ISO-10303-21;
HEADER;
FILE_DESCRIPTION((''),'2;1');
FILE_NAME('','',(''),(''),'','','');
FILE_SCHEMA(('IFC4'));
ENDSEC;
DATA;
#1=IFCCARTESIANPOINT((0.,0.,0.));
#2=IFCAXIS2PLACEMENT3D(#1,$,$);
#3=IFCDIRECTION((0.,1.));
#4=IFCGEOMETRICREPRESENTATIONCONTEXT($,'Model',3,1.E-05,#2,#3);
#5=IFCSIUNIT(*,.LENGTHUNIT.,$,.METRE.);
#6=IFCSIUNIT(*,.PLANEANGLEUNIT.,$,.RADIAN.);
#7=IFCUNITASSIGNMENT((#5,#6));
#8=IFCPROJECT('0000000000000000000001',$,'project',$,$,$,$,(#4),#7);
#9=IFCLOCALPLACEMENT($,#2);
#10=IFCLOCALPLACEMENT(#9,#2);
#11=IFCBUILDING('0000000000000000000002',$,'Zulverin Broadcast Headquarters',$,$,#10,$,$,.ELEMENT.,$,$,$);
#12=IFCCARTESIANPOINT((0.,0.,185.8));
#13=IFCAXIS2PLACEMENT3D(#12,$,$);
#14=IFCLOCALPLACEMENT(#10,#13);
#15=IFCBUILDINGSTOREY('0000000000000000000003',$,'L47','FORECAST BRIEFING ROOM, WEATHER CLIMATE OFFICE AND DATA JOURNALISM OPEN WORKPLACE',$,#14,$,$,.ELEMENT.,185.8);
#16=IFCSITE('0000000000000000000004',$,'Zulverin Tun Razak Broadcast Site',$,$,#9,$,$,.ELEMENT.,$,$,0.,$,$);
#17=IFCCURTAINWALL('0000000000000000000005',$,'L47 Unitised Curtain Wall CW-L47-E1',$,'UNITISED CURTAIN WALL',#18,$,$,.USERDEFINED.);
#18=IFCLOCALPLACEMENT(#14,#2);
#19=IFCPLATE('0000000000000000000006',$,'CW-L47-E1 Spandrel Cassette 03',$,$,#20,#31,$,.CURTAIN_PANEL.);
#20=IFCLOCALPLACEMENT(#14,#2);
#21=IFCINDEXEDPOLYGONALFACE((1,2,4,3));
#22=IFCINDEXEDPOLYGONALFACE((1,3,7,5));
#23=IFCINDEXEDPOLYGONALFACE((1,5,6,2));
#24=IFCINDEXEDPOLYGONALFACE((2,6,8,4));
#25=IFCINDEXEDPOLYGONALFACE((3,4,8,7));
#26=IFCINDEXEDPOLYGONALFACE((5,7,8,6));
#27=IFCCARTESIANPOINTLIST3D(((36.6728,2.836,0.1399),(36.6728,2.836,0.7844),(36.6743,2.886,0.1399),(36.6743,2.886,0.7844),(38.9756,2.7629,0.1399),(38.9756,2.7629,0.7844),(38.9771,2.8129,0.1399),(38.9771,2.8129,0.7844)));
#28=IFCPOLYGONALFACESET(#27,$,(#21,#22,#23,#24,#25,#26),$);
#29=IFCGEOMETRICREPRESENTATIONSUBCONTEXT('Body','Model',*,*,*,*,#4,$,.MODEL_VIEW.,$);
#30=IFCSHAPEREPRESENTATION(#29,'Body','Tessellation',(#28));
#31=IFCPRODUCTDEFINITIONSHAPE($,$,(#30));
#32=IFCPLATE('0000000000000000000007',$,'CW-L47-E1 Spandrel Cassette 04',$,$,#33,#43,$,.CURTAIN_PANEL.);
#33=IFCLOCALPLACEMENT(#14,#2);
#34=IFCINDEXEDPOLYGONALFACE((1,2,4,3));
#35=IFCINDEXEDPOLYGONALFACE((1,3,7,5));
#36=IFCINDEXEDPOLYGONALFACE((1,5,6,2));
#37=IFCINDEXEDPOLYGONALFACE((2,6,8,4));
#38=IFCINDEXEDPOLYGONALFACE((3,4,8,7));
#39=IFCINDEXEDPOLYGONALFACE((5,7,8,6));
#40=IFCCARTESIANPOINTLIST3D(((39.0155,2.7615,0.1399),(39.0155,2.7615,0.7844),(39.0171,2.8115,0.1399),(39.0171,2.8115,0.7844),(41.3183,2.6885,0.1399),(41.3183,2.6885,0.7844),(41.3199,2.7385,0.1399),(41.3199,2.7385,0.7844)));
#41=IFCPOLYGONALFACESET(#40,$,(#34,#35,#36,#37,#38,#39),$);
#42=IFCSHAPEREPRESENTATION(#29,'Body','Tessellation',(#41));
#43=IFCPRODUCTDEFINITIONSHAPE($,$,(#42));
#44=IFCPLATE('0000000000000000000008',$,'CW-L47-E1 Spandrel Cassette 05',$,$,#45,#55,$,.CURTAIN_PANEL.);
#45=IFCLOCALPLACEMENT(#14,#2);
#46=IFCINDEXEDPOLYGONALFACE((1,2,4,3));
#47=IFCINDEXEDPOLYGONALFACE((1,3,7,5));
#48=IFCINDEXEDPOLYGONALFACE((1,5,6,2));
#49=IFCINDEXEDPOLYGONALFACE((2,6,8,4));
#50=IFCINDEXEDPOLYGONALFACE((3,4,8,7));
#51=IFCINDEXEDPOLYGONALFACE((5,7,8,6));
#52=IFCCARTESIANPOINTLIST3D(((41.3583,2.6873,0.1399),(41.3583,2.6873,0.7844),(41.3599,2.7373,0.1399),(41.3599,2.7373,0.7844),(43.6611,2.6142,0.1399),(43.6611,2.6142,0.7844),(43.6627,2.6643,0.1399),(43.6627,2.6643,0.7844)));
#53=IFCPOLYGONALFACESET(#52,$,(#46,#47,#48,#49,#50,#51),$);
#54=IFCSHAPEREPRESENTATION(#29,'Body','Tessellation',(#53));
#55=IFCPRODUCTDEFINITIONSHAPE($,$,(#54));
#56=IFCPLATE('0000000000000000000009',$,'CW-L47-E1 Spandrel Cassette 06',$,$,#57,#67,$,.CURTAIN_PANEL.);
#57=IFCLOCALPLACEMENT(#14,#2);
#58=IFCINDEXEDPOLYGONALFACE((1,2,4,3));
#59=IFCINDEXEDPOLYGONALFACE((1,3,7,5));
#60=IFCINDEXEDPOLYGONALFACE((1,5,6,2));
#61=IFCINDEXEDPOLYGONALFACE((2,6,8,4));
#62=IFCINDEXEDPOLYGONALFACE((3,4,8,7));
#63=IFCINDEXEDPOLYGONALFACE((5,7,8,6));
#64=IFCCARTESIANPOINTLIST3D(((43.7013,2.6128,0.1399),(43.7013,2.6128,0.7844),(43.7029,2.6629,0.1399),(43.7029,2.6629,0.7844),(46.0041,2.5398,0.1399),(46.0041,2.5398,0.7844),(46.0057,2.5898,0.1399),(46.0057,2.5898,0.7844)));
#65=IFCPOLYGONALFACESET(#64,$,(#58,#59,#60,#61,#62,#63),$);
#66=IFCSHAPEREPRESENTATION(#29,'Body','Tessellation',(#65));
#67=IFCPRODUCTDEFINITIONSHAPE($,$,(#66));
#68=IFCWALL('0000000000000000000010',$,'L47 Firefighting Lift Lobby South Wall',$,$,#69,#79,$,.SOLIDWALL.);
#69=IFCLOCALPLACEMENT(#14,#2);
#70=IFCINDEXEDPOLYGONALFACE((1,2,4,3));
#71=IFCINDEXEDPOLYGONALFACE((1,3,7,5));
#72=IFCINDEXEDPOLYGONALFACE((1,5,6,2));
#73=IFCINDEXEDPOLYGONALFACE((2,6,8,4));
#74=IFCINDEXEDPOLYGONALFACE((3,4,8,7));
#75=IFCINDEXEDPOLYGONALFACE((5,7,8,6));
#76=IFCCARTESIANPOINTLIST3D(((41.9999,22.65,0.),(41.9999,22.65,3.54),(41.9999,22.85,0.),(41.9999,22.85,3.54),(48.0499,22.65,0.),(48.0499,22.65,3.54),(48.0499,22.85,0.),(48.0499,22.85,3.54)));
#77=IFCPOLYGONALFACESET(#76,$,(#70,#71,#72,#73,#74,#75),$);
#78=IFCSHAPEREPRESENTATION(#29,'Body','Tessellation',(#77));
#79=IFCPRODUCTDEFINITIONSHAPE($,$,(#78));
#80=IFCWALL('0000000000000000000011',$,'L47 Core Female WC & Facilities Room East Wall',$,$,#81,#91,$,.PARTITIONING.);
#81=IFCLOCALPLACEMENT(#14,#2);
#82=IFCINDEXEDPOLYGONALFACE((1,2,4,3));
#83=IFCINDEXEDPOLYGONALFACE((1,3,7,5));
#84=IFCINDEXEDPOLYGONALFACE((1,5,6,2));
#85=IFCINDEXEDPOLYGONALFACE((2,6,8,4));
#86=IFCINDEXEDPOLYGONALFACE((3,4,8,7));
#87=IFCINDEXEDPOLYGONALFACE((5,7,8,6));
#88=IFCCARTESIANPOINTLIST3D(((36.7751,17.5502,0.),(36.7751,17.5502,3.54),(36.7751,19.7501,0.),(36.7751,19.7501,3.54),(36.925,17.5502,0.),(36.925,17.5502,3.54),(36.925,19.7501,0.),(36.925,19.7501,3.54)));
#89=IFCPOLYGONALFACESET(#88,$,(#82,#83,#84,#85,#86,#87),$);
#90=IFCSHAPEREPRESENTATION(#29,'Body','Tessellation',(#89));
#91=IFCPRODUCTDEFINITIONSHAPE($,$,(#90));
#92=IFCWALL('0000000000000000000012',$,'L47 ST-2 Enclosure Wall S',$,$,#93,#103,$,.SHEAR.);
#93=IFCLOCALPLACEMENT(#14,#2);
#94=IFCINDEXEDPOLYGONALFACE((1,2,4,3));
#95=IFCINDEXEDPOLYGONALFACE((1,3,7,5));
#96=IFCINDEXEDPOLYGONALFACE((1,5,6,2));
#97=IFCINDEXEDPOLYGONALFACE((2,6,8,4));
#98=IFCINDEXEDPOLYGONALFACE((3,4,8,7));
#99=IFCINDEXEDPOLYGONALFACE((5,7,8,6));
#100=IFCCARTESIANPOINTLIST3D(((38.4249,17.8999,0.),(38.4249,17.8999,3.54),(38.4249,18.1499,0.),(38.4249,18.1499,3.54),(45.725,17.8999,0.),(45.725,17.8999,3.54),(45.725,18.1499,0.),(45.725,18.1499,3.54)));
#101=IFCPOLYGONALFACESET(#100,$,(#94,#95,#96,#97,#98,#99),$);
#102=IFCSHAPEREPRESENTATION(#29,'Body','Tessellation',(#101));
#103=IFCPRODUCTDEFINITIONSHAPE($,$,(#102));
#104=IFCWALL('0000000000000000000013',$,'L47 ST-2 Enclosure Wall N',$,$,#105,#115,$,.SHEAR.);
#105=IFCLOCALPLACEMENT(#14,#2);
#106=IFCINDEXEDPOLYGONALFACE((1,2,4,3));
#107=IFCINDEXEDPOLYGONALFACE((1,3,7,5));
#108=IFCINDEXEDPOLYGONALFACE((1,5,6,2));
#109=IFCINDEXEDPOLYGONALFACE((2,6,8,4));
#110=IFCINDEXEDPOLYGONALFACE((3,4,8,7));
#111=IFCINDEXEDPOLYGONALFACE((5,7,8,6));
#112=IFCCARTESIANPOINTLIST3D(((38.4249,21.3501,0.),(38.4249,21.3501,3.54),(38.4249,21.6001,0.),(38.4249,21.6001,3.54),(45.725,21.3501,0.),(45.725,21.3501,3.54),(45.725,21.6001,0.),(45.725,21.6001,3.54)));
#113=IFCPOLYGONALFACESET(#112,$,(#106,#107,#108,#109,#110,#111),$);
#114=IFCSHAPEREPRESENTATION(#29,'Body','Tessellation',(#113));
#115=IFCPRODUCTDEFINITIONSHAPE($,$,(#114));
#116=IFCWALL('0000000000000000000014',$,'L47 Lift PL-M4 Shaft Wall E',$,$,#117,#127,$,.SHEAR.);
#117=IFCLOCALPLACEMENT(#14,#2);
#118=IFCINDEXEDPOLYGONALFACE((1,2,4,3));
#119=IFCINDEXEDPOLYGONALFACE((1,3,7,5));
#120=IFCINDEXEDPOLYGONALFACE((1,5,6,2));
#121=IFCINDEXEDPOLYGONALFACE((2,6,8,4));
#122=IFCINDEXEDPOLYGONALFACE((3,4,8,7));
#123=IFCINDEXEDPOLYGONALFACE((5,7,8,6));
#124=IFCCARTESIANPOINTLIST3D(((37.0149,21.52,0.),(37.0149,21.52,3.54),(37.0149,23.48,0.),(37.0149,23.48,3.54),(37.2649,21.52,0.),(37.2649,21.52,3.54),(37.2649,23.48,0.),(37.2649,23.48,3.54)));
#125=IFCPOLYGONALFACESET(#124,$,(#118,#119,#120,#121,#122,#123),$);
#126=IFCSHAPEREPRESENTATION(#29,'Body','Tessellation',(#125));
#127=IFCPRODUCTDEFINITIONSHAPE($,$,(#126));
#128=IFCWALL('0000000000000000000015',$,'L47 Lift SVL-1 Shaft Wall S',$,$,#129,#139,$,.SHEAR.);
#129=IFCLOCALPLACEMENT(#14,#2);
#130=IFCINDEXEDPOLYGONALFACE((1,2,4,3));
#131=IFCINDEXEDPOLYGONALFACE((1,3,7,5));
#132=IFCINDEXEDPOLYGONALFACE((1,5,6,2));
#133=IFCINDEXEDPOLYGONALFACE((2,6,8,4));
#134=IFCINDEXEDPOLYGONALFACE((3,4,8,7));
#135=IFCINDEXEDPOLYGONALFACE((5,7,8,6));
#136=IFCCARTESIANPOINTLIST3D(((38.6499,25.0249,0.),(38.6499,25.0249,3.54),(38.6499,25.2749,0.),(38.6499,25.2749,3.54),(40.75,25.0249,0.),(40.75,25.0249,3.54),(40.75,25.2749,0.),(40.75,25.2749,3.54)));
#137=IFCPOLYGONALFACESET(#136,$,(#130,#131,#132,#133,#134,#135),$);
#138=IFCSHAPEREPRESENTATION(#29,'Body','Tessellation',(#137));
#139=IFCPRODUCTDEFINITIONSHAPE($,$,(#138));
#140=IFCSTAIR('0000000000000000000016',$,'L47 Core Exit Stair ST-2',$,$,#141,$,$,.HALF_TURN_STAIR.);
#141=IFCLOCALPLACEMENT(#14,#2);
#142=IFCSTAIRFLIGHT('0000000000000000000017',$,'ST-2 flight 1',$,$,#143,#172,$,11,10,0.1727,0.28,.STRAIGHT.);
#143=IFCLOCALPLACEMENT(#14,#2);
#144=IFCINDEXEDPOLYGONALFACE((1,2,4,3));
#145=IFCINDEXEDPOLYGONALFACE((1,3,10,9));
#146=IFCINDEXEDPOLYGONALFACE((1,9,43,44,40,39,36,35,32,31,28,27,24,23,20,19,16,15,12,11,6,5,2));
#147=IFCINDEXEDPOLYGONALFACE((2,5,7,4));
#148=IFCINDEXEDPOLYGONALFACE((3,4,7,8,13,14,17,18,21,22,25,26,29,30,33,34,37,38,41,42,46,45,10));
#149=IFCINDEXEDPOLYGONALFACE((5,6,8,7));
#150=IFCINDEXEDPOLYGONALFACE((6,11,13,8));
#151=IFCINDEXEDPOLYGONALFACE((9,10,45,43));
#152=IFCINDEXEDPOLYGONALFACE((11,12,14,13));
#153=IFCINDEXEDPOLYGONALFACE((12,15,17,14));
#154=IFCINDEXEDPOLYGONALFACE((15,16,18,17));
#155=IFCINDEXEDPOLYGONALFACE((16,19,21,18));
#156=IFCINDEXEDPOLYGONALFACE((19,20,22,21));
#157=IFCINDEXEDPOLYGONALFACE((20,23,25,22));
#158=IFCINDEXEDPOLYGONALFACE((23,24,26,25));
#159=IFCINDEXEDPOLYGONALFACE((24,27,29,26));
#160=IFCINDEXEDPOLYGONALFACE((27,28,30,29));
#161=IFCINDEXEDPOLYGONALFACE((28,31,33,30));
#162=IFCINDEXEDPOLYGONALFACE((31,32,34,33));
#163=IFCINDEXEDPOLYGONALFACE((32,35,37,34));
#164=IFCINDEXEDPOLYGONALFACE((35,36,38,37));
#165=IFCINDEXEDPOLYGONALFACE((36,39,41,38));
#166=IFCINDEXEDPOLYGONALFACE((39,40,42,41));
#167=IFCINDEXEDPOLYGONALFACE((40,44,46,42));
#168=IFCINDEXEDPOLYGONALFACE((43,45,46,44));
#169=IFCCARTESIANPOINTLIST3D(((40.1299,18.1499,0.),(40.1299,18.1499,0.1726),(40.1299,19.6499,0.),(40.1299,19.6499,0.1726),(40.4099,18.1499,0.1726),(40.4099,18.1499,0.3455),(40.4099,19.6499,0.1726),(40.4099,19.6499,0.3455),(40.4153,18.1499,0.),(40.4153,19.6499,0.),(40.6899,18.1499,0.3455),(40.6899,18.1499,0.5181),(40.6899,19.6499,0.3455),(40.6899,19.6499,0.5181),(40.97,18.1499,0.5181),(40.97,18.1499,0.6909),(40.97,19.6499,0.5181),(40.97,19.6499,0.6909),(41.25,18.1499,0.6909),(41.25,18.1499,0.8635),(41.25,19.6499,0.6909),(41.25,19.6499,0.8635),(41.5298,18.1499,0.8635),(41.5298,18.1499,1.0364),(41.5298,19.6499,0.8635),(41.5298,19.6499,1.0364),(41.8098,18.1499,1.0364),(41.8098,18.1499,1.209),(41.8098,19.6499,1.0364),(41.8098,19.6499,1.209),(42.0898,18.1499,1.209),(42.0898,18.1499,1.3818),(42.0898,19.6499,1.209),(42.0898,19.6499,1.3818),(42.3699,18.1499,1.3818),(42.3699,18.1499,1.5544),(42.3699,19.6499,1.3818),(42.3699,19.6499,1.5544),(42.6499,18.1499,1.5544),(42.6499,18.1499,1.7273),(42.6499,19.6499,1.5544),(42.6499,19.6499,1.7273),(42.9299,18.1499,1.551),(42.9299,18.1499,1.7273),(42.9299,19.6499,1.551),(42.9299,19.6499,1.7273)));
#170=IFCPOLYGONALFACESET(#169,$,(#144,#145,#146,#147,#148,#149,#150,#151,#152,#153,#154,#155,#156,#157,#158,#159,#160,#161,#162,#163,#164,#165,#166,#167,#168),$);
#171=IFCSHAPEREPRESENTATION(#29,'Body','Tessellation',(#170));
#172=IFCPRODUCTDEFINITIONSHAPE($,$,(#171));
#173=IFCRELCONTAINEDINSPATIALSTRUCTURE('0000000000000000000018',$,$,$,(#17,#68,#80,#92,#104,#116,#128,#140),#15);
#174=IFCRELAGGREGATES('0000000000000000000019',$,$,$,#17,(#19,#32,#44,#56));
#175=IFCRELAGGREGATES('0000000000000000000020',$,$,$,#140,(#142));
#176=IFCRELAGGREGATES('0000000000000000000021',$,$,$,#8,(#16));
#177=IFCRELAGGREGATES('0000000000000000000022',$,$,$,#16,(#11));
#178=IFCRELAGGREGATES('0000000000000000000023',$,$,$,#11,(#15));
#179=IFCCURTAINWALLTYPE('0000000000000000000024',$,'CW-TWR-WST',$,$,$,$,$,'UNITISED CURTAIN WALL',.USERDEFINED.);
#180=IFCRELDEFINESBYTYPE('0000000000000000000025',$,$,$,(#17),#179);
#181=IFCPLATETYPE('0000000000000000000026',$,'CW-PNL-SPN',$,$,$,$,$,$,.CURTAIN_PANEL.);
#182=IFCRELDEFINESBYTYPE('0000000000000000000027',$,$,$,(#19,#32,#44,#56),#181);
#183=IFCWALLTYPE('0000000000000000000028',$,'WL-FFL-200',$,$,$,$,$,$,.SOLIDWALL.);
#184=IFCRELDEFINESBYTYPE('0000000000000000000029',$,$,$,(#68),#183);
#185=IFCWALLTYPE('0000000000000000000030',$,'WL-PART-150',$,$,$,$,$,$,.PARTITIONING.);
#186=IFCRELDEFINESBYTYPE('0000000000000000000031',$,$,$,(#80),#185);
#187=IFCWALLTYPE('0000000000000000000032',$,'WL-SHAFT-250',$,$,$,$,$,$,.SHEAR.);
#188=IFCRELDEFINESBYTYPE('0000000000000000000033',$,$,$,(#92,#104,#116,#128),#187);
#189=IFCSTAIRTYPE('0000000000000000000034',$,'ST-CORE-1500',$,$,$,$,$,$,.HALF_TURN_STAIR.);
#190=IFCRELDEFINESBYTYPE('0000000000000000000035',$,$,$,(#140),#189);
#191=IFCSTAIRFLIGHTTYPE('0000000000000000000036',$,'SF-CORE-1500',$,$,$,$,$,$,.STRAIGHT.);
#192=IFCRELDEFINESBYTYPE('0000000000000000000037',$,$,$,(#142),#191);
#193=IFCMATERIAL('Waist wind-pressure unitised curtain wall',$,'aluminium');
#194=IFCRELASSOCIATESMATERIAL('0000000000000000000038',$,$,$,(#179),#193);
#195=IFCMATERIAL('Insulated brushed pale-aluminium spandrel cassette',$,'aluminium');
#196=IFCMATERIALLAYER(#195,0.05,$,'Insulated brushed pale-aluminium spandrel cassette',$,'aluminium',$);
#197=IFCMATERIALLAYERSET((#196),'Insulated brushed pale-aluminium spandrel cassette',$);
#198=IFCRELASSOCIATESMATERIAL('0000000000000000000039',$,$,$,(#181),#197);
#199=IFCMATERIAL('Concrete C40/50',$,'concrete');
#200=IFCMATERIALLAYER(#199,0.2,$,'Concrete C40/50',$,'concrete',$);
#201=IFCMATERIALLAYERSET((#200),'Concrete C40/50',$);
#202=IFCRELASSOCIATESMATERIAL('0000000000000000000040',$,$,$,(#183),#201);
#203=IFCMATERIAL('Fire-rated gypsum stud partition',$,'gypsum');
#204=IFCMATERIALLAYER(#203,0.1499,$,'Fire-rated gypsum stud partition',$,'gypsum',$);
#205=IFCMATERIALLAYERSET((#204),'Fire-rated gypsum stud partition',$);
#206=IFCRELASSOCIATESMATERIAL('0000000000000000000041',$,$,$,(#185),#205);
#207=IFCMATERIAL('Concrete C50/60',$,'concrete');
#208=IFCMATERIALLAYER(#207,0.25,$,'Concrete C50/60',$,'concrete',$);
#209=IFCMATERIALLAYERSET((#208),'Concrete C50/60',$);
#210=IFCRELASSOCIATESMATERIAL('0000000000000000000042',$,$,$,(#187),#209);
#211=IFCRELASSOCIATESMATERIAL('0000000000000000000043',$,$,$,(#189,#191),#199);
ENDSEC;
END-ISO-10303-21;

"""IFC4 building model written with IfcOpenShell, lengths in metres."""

from ifc_helpers import new_model, si_unit, direction, frame, frame_2d, origin, origin_2d, place, context, subcontext, project, spatial, polyline, rectangle, outline, extrude, material, layer, layer_set, type_object, element, aggregate, save


model = new_model("IFC4")

# Units and contexts
model_context = context("Model", 3, precision=1e-05, world=origin(), true_north=direction((0.0, 1.0)))
body_context = subcontext(model_context, "Body", "Model", "MODEL_VIEW")
ifc_project = project(units=[si_unit("LENGTHUNIT", "METRE"), si_unit("PLANEANGLEUNIT", "RADIAN")], contexts=[model_context])

# Site, building, storey
site_placement = place(None, origin())
site = spatial("IfcSite", under=ifc_project, at=site_placement, Name="Zulverin Tun Razak Broadcast Site", CompositionType="ELEMENT", RefElevation=0.0)
building_placement = place(site_placement, origin())
building = spatial("IfcBuilding", under=site, at=building_placement, Name="Zulverin Broadcast Headquarters", CompositionType="ELEMENT")
storey_placement = place(building_placement, frame((0.0, 0.0, 185.8)))
storey = spatial("IfcBuildingStorey", under=building, at=storey_placement, Name="L47", Description="FORECAST BRIEFING ROOM, WEATHER CLIMATE OFFICE AND DATA JOURNALISM OPEN WORKPLACE", CompositionType="ELEMENT", Elevation=185.8)

# Shared definitions
ifc_material_1 = material(Name="Concrete C50/60", Category="concrete")

# Curtain wall, plates
ifc_material_2 = material(Name="Waist wind-pressure unitised curtain wall", Category="aluminium")
curtain_wall_type = type_object("IfcCurtainWallType", Name="CW-TWR-WST", ElementType="UNITISED CURTAIN WALL", PredefinedType="USERDEFINED", material=ifc_material_2)
curtain_wall_placement = place(storey_placement, origin())
curtain_wall = element("IfcCurtainWall", 1, at=curtain_wall_placement, inside=storey, type_object=curtain_wall_type, Name="L47 Unitised Curtain Wall CW-L47-E1", ObjectType="UNITISED CURTAIN WALL", PredefinedType="USERDEFINED")
ifc_material_3 = material(Name="Insulated brushed pale-aluminium spandrel cassette", Category="aluminium")
ifc_layer_1 = layer(ifc_material_3, 0.05, Name="Insulated brushed pale-aluminium spandrel cassette", Category="aluminium")
ifc_layer_set_1 = layer_set([ifc_layer_1], Name="Insulated brushed pale-aluminium spandrel cassette")
plate_type_1 = type_object("IfcPlateType", Name="CW-PNL-SPN", PredefinedType="CURTAIN_PANEL", material=ifc_layer_set_1)
plate_1_placement = place(storey_placement, frame((37.825, 2.8245, 0.1399), z_axis=(0.0, 0.0, 1.0), x_axis=(0.999497, -0.031709, 0.0)))
plate_1 = element("IfcPlate", 2, at=plate_1_placement, type_object=plate_type_1, Name="CW-L47-E1 Spandrel Cassette 03", PredefinedType="CURTAIN_PANEL", context=body_context, shape_type="SweptSolid", body=[
    extrude(rectangle(XDim=2.304, YDim=0.05, at=origin_2d()), origin(), (0.0, 0.0, 1.0), 0.6445),
])
plate_2_placement = place(storey_placement, frame((40.1677, 2.75, 0.1399), z_axis=(0.0, 0.0, 1.0), x_axis=(0.999497, -0.031709, 0.0)))
plate_2 = element("IfcPlate", 3, at=plate_2_placement, type_object=plate_type_1, Name="CW-L47-E1 Spandrel Cassette 04", PredefinedType="CURTAIN_PANEL", context=body_context, shape_type="SweptSolid", body=[
    extrude(rectangle(XDim=2.304, YDim=0.05, at=origin_2d()), origin(), (0.0, 0.0, 1.0), 0.6445),
])
plate_3_placement = place(storey_placement, frame((42.5105, 2.6758, 0.1399), z_axis=(0.0, 0.0, 1.0), x_axis=(0.999497, -0.031709, 0.0)))
plate_3 = element("IfcPlate", 4, at=plate_3_placement, type_object=plate_type_1, Name="CW-L47-E1 Spandrel Cassette 05", PredefinedType="CURTAIN_PANEL", context=body_context, shape_type="SweptSolid", body=[
    extrude(rectangle(XDim=2.304, YDim=0.05, at=origin_2d()), origin(), (0.0, 0.0, 1.0), 0.6445),
])
plate_4_placement = place(storey_placement, frame((44.8535, 2.6013, 0.1399), z_axis=(0.0, 0.0, 1.0), x_axis=(0.999497, -0.031709, 0.0)))
plate_4 = element("IfcPlate", 5, at=plate_4_placement, type_object=plate_type_1, Name="CW-L47-E1 Spandrel Cassette 06", PredefinedType="CURTAIN_PANEL", context=body_context, shape_type="SweptSolid", body=[
    extrude(rectangle(XDim=2.304, YDim=0.05, at=origin_2d()), origin(), (0.0, 0.0, 1.0), 0.6445),
])
aggregate(curtain_wall, [plate_1, plate_2, plate_3, plate_4])

# Shared definitions
ifc_material_4 = material(Name="Concrete C40/50", Category="concrete")
ifc_layer_2 = layer(ifc_material_4, 0.2, Name="Concrete C40/50", Category="concrete")
ifc_layer_set_2 = layer_set([ifc_layer_2], Name="Concrete C40/50")
wall_type_1 = type_object("IfcWallType", Name="WL-FFL-200", PredefinedType="SOLIDWALL", material=ifc_layer_set_2)

# Walls
wall_1_placement = place(storey_placement, frame((42.0, 22.75, 0.0), z_axis=(0.0, 0.0, 1.0), x_axis=(1.0, 0.0, 0.0)))
element("IfcWall", 6, at=wall_1_placement, inside=storey, type_object=wall_type_1, Name="L47 Firefighting Lift Lobby South Wall", PredefinedType="SOLIDWALL", context=body_context, shape_type="SweptSolid", body=[
    extrude(rectangle(XDim=6.05, YDim=0.2, at=frame_2d((3.0249, 0.0))), origin(), (0.0, 0.0, 1.0), 3.54),
])
ifc_material_5 = material(Name="Fire-rated gypsum stud partition", Category="gypsum")
ifc_layer_3 = layer(ifc_material_5, 0.1499, Name="Fire-rated gypsum stud partition", Category="gypsum")
ifc_layer_set_3 = layer_set([ifc_layer_3], Name="Fire-rated gypsum stud partition")
wall_type_2 = type_object("IfcWallType", Name="WL-PART-150", PredefinedType="PARTITIONING", material=ifc_layer_set_3)
wall_2_placement = place(storey_placement, frame((36.8501, 17.55, 0.0), z_axis=(0.0, 0.0, 1.0), x_axis=(0.0, 1.0, 0.0)))
element("IfcWall", 7, at=wall_2_placement, inside=storey, type_object=wall_type_2, Name="L47 Core Female WC & Facilities Room East Wall", PredefinedType="PARTITIONING", context=body_context, shape_type="SweptSolid", body=[
    extrude(rectangle(XDim=2.2, YDim=0.1499, at=frame_2d((1.1001, 0.0))), origin(), (0.0, 0.0, 1.0), 3.54),
])
ifc_layer_4 = layer(ifc_material_1, 0.25, Name="Concrete C50/60", Category="concrete")
ifc_layer_set_4 = layer_set([ifc_layer_4], Name="Concrete C50/60")
wall_type_3 = type_object("IfcWallType", Name="WL-SHAFT-250", PredefinedType="SHEAR", material=ifc_layer_set_4)
for number, where, z_axis, x_axis, name in (
    (8, (38.425, 18.0249, 0.0), (0.0, 0.0, 1.0), (1.0, 0.0, 0.0), "L47 ST-2 Enclosure Wall S"),
    (9, (38.425, 21.4751, 0.0), (0.0, 0.0, 1.0), (1.0, 0.0, 0.0), "L47 ST-2 Enclosure Wall N"),
):
    element("IfcWall", number, at=place(storey_placement, frame(where, z_axis=z_axis, x_axis=x_axis)), inside=storey, type_object=wall_type_3, Name=name, PredefinedType="SHEAR", context=body_context, shape_type="SweptSolid", body=[
        extrude(rectangle(XDim=7.3, YDim=0.25, at=frame_2d((3.6499, 0.0))), origin(), (0.0, 0.0, 1.0), 3.54),
    ])

# Walls
wall_3_placement = place(storey_placement, frame((37.1399, 21.52, 0.0), z_axis=(0.0, 0.0, 1.0), x_axis=(0.0, 1.0, 0.0)))
element("IfcWall", 10, at=wall_3_placement, inside=storey, type_object=wall_type_3, Name="L47 Lift PL-M4 Shaft Wall E", PredefinedType="SHEAR", context=body_context, shape_type="SweptSolid", body=[
    extrude(rectangle(XDim=1.96, YDim=0.25, at=frame_2d((0.98, 0.0))), origin(), (0.0, 0.0, 1.0), 3.54),
])
wall_4_placement = place(storey_placement, frame((38.6499, 25.1499, 0.0), z_axis=(0.0, 0.0, 1.0), x_axis=(1.0, 0.0, 0.0)))
element("IfcWall", 11, at=wall_4_placement, inside=storey, type_object=wall_type_3, Name="L47 Lift SVL-1 Shaft Wall S", PredefinedType="SHEAR", context=body_context, shape_type="SweptSolid", body=[
    extrude(rectangle(XDim=2.1001, YDim=0.25, at=frame_2d((1.05, 0.0))), origin(), (0.0, 0.0, 1.0), 3.54),
])

# Stair, stair flight
stair_type = type_object("IfcStairType", Name="ST-CORE-1500", PredefinedType="HALF_TURN_STAIR", material=ifc_material_4)
stair_placement = place(storey_placement, origin())
stair = element("IfcStair", 12, at=stair_placement, inside=storey, type_object=stair_type, Name="L47 Core Exit Stair ST-2", PredefinedType="HALF_TURN_STAIR")
stair_flight_type = type_object("IfcStairFlightType", Name="SF-CORE-1500", PredefinedType="STRAIGHT", material=ifc_material_4)
stair_flight_1_placement = place(storey_placement, frame((40.1299, 18.8999, 0.0), z_axis=(0.0, 0.0, 1.0), x_axis=(1.0, 0.0, 0.0)))
stair_flight_1 = element("IfcStairFlight", 13, at=stair_flight_1_placement, type_object=stair_flight_type, Name="ST-2 flight 1", NumberOfRisers=11, NumberOfTreads=10, PredefinedType="STRAIGHT", RiserHeight=0.1727, TreadLength=0.28, context=body_context, shape_type="SweptSolid", body=[
    extrude(outline(polyline([(0.0, 0.0), (0.0, 0.1726), (0.28, 0.1726), (0.28, 0.3455), (0.5601, 0.3455), (0.5601, 0.5181), (0.8401, 0.5181), (0.8401, 0.6909), (1.1201, 0.6909), (1.1201, 0.8635), (1.3999, 0.8635), (1.3999, 1.0364), (1.6799, 1.0364), (1.6799, 1.209), (1.96, 1.209), (1.96, 1.3818), (2.24, 1.3818), (2.24, 1.5544), (2.52, 1.5544), (2.52, 1.7273), (2.8, 1.7273), (2.8, 1.8999), (2.8, 1.551), (0.2854, 0.0), (0.0, 0.0)])), frame((0.0, 0.75, 0.0), z_axis=(0.0, -1.0, 0.0), x_axis=(1.0, 0.0, 0.0)), (0.0, 0.0, 1.0), 1.5),
])
aggregate(stair, [stair_flight_1])

save(model, "model.ifc")
